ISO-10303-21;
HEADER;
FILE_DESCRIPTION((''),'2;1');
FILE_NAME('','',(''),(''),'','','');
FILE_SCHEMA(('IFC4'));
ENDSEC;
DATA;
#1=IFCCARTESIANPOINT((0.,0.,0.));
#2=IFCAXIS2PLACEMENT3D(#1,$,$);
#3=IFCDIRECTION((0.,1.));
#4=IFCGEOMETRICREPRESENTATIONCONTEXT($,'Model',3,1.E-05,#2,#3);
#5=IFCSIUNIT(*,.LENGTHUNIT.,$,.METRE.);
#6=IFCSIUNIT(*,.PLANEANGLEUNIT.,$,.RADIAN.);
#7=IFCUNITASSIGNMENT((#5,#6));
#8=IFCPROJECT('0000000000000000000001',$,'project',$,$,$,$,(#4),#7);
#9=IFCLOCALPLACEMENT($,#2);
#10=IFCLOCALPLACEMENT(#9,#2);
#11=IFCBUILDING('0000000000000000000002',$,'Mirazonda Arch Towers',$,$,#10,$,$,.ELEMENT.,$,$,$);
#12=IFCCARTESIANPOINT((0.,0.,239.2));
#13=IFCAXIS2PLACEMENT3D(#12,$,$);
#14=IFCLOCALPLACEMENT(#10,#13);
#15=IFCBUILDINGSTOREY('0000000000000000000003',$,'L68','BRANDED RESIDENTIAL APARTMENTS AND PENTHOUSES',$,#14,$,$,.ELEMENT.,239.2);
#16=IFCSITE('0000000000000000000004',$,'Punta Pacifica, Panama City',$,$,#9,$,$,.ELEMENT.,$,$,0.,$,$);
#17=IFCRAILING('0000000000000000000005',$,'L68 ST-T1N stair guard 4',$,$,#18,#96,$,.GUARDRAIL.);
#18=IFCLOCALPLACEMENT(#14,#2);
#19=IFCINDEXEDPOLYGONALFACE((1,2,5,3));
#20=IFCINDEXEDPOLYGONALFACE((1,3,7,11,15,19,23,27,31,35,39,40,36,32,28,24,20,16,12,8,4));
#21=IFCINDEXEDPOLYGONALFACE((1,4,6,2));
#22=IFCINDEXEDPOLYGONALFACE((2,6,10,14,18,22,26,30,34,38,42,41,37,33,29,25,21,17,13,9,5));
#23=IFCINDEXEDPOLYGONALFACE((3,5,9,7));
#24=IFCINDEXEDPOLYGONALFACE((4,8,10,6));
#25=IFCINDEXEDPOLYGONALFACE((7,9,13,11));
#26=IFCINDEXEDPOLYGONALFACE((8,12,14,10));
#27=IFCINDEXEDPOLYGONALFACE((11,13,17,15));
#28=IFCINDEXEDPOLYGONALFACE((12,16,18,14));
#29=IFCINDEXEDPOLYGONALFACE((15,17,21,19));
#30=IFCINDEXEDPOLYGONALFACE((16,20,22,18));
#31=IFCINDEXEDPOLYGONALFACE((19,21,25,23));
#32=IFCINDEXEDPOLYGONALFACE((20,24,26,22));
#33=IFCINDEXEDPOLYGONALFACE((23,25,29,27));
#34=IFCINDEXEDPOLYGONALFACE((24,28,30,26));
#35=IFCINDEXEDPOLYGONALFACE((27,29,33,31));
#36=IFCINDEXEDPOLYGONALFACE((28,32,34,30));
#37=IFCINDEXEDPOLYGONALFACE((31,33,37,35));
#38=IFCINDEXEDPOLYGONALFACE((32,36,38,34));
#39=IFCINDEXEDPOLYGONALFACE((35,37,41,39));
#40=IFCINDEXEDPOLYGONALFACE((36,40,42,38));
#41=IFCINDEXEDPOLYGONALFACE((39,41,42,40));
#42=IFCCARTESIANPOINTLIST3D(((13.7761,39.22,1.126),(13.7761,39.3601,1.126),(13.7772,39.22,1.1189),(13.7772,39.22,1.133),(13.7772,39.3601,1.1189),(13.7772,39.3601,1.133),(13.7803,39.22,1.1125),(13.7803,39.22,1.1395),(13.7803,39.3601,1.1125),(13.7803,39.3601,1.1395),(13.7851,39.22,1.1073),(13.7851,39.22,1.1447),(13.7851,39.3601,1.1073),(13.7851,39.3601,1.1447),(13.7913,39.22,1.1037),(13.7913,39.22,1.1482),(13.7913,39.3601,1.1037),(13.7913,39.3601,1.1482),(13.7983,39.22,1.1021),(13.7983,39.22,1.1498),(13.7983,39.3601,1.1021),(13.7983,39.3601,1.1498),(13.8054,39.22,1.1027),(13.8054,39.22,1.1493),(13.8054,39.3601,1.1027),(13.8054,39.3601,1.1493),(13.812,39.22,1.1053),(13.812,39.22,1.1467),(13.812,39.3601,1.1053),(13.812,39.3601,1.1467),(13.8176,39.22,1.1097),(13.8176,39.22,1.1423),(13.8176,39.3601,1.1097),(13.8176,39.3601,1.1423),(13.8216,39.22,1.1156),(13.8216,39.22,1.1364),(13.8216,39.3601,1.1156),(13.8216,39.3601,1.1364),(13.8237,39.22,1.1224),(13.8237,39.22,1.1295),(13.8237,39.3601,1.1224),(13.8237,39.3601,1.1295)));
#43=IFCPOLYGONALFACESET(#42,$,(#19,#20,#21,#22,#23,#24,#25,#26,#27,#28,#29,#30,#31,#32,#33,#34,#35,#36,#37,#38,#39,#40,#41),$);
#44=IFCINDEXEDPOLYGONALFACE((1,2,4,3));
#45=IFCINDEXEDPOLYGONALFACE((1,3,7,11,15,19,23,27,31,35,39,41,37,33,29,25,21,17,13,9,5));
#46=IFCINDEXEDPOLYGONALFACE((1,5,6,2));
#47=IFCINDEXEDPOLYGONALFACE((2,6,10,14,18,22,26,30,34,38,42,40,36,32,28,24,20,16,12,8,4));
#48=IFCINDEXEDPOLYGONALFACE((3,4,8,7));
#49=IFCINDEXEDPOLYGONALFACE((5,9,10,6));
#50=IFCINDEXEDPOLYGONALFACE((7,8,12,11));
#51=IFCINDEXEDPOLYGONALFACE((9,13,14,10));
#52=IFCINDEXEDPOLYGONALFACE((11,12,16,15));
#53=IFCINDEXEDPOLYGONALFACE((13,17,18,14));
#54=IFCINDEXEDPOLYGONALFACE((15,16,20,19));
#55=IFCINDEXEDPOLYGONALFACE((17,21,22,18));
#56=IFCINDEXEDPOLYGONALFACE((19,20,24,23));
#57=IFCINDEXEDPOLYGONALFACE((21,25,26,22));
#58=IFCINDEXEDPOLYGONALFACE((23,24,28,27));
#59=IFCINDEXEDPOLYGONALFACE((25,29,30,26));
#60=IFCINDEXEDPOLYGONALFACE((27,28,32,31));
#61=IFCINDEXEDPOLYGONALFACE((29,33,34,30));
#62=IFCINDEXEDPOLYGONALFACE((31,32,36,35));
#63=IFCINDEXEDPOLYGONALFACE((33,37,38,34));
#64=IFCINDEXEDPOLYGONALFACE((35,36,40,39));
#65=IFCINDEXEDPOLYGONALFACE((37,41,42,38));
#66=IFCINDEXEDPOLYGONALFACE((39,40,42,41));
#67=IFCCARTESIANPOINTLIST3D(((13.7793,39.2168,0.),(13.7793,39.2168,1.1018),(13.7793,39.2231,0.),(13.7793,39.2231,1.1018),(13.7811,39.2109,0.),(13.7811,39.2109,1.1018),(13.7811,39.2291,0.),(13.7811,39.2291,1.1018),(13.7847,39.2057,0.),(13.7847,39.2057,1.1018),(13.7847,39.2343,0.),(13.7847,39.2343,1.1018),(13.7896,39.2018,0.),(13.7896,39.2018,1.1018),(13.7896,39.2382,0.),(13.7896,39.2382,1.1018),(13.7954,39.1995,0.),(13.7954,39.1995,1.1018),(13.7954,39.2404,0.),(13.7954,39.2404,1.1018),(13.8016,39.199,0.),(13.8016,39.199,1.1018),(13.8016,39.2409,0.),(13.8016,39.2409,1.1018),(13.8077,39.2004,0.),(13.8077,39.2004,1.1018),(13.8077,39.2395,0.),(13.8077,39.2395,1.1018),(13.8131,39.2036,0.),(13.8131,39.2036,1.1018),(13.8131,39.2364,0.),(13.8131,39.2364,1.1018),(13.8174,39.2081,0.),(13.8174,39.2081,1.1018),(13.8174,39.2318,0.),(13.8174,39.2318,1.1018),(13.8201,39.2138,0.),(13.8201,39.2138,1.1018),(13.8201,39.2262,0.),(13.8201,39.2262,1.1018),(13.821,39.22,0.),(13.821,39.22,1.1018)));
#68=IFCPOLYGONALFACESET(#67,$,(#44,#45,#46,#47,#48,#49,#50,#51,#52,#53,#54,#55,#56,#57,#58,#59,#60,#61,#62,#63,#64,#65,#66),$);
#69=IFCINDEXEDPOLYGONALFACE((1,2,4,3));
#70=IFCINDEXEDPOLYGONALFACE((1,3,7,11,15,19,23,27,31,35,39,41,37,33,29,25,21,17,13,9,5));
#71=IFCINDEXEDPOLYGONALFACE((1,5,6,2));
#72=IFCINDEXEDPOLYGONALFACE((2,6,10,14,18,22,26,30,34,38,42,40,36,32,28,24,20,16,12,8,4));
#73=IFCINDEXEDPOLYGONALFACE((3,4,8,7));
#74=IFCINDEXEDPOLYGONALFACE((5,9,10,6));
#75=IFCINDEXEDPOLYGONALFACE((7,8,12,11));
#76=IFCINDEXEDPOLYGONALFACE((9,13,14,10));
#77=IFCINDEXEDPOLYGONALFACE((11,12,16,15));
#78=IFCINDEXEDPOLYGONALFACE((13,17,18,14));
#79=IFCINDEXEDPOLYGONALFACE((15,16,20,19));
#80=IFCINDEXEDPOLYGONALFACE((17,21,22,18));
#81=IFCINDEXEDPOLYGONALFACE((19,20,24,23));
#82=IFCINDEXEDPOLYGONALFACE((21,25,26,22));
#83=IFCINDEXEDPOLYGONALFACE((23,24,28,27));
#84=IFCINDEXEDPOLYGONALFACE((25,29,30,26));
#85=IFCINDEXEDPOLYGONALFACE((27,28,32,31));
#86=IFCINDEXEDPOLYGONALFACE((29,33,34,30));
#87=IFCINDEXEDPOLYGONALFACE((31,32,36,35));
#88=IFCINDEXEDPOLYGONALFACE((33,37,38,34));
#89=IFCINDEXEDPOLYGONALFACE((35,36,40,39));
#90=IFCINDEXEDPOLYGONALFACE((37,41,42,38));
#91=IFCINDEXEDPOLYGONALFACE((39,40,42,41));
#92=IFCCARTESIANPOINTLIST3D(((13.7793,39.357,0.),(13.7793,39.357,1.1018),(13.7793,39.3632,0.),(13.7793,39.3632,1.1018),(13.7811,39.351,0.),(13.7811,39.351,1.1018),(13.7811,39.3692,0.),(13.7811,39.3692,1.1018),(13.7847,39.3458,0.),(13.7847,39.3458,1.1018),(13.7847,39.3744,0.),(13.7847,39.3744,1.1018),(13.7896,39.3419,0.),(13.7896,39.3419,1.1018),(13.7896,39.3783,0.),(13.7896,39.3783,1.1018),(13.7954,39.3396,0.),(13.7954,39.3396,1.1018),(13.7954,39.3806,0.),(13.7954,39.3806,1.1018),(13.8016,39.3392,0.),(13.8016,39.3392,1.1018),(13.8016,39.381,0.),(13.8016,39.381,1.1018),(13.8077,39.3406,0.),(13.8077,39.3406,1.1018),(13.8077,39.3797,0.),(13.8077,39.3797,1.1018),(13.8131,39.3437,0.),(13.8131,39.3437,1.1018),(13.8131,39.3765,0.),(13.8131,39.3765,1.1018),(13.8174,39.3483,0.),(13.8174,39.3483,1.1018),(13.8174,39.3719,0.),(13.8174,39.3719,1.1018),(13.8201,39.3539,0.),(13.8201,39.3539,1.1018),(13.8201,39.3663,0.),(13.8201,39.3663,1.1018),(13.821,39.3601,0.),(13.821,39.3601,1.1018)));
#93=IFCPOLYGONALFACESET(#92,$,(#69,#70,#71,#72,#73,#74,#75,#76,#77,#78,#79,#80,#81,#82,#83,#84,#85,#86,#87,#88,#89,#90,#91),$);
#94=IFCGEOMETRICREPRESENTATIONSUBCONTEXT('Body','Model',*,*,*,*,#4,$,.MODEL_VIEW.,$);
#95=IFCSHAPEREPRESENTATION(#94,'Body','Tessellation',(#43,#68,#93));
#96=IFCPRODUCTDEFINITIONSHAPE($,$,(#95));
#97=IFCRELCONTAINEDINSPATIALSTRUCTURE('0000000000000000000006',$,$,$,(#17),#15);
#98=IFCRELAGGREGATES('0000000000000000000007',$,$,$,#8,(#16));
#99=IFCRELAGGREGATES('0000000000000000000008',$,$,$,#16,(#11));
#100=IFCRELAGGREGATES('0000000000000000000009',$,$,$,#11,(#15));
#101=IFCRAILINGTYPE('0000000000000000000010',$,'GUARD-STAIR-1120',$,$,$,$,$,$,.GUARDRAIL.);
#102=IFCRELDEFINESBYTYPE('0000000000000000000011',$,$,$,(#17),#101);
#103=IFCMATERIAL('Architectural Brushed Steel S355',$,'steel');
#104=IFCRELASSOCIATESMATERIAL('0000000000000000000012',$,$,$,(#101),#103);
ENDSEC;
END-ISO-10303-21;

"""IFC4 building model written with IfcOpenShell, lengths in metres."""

from ifc_helpers import new_model, si_unit, direction, frame, origin, origin_2d, place, context, subcontext, project, spatial, circle, extrude, material, type_object, element, save


model = new_model("IFC4")

# Units and contexts
model_context = context("Model", 3, precision=1e-05, world=origin(), true_north=direction((0.0, 1.0)))
body_context = subcontext(model_context, "Body", "Model", "MODEL_VIEW")
ifc_project = project(units=[si_unit("LENGTHUNIT", "METRE"), si_unit("PLANEANGLEUNIT", "RADIAN")], contexts=[model_context])

# Site, building, storey
site_placement = place(None, origin())
site = spatial("IfcSite", under=ifc_project, at=site_placement, Name="Punta Pacifica, Panama City", CompositionType="ELEMENT", RefElevation=0.0)
building_placement = place(site_placement, origin())
building = spatial("IfcBuilding", under=site, at=building_placement, Name="Mirazonda Arch Towers", CompositionType="ELEMENT")
storey_placement = place(building_placement, frame((0.0, 0.0, 239.2)))
storey = spatial("IfcBuildingStorey", under=building, at=storey_placement, Name="L68", Description="BRANDED RESIDENTIAL APARTMENTS AND PENTHOUSES", CompositionType="ELEMENT", Elevation=239.2)

# Shared definitions
ifc_material_1 = material(Name="Architectural Brushed Steel S355", Category="steel")

# Railing
railing_type_1 = type_object("IfcRailingType", Name="GUARD-STAIR-1120", PredefinedType="GUARDRAIL", material=ifc_material_1)
railing_1_placement = place(storey_placement, frame((13.8, 39.22, 0.0)))
element("IfcRailing", 1, at=railing_1_placement, inside=storey, type_object=railing_type_1, Name="L68 ST-T1N stair guard 4", PredefinedType="GUARDRAIL", context=body_context, shape_type="SweptSolid", body=[
    extrude(circle(Radius=0.0239, at=origin_2d()), frame((0.0, 0.0, 1.126), z_axis=(0.0, 1.0, 0.0), x_axis=(-1.0, 0.0, 0.0)), (0.0, 0.0, 1.0), 0.1401),
    extrude(circle(Radius=0.021, at=origin_2d()), origin(), (0.0, 0.0, 1.0), 1.1018),
    extrude(circle(Radius=0.021, at=origin_2d()), frame((0.0, 0.1401, 0.0)), (0.0, 0.0, 1.0), 1.1018),
])

save(model, "model.ifc")
